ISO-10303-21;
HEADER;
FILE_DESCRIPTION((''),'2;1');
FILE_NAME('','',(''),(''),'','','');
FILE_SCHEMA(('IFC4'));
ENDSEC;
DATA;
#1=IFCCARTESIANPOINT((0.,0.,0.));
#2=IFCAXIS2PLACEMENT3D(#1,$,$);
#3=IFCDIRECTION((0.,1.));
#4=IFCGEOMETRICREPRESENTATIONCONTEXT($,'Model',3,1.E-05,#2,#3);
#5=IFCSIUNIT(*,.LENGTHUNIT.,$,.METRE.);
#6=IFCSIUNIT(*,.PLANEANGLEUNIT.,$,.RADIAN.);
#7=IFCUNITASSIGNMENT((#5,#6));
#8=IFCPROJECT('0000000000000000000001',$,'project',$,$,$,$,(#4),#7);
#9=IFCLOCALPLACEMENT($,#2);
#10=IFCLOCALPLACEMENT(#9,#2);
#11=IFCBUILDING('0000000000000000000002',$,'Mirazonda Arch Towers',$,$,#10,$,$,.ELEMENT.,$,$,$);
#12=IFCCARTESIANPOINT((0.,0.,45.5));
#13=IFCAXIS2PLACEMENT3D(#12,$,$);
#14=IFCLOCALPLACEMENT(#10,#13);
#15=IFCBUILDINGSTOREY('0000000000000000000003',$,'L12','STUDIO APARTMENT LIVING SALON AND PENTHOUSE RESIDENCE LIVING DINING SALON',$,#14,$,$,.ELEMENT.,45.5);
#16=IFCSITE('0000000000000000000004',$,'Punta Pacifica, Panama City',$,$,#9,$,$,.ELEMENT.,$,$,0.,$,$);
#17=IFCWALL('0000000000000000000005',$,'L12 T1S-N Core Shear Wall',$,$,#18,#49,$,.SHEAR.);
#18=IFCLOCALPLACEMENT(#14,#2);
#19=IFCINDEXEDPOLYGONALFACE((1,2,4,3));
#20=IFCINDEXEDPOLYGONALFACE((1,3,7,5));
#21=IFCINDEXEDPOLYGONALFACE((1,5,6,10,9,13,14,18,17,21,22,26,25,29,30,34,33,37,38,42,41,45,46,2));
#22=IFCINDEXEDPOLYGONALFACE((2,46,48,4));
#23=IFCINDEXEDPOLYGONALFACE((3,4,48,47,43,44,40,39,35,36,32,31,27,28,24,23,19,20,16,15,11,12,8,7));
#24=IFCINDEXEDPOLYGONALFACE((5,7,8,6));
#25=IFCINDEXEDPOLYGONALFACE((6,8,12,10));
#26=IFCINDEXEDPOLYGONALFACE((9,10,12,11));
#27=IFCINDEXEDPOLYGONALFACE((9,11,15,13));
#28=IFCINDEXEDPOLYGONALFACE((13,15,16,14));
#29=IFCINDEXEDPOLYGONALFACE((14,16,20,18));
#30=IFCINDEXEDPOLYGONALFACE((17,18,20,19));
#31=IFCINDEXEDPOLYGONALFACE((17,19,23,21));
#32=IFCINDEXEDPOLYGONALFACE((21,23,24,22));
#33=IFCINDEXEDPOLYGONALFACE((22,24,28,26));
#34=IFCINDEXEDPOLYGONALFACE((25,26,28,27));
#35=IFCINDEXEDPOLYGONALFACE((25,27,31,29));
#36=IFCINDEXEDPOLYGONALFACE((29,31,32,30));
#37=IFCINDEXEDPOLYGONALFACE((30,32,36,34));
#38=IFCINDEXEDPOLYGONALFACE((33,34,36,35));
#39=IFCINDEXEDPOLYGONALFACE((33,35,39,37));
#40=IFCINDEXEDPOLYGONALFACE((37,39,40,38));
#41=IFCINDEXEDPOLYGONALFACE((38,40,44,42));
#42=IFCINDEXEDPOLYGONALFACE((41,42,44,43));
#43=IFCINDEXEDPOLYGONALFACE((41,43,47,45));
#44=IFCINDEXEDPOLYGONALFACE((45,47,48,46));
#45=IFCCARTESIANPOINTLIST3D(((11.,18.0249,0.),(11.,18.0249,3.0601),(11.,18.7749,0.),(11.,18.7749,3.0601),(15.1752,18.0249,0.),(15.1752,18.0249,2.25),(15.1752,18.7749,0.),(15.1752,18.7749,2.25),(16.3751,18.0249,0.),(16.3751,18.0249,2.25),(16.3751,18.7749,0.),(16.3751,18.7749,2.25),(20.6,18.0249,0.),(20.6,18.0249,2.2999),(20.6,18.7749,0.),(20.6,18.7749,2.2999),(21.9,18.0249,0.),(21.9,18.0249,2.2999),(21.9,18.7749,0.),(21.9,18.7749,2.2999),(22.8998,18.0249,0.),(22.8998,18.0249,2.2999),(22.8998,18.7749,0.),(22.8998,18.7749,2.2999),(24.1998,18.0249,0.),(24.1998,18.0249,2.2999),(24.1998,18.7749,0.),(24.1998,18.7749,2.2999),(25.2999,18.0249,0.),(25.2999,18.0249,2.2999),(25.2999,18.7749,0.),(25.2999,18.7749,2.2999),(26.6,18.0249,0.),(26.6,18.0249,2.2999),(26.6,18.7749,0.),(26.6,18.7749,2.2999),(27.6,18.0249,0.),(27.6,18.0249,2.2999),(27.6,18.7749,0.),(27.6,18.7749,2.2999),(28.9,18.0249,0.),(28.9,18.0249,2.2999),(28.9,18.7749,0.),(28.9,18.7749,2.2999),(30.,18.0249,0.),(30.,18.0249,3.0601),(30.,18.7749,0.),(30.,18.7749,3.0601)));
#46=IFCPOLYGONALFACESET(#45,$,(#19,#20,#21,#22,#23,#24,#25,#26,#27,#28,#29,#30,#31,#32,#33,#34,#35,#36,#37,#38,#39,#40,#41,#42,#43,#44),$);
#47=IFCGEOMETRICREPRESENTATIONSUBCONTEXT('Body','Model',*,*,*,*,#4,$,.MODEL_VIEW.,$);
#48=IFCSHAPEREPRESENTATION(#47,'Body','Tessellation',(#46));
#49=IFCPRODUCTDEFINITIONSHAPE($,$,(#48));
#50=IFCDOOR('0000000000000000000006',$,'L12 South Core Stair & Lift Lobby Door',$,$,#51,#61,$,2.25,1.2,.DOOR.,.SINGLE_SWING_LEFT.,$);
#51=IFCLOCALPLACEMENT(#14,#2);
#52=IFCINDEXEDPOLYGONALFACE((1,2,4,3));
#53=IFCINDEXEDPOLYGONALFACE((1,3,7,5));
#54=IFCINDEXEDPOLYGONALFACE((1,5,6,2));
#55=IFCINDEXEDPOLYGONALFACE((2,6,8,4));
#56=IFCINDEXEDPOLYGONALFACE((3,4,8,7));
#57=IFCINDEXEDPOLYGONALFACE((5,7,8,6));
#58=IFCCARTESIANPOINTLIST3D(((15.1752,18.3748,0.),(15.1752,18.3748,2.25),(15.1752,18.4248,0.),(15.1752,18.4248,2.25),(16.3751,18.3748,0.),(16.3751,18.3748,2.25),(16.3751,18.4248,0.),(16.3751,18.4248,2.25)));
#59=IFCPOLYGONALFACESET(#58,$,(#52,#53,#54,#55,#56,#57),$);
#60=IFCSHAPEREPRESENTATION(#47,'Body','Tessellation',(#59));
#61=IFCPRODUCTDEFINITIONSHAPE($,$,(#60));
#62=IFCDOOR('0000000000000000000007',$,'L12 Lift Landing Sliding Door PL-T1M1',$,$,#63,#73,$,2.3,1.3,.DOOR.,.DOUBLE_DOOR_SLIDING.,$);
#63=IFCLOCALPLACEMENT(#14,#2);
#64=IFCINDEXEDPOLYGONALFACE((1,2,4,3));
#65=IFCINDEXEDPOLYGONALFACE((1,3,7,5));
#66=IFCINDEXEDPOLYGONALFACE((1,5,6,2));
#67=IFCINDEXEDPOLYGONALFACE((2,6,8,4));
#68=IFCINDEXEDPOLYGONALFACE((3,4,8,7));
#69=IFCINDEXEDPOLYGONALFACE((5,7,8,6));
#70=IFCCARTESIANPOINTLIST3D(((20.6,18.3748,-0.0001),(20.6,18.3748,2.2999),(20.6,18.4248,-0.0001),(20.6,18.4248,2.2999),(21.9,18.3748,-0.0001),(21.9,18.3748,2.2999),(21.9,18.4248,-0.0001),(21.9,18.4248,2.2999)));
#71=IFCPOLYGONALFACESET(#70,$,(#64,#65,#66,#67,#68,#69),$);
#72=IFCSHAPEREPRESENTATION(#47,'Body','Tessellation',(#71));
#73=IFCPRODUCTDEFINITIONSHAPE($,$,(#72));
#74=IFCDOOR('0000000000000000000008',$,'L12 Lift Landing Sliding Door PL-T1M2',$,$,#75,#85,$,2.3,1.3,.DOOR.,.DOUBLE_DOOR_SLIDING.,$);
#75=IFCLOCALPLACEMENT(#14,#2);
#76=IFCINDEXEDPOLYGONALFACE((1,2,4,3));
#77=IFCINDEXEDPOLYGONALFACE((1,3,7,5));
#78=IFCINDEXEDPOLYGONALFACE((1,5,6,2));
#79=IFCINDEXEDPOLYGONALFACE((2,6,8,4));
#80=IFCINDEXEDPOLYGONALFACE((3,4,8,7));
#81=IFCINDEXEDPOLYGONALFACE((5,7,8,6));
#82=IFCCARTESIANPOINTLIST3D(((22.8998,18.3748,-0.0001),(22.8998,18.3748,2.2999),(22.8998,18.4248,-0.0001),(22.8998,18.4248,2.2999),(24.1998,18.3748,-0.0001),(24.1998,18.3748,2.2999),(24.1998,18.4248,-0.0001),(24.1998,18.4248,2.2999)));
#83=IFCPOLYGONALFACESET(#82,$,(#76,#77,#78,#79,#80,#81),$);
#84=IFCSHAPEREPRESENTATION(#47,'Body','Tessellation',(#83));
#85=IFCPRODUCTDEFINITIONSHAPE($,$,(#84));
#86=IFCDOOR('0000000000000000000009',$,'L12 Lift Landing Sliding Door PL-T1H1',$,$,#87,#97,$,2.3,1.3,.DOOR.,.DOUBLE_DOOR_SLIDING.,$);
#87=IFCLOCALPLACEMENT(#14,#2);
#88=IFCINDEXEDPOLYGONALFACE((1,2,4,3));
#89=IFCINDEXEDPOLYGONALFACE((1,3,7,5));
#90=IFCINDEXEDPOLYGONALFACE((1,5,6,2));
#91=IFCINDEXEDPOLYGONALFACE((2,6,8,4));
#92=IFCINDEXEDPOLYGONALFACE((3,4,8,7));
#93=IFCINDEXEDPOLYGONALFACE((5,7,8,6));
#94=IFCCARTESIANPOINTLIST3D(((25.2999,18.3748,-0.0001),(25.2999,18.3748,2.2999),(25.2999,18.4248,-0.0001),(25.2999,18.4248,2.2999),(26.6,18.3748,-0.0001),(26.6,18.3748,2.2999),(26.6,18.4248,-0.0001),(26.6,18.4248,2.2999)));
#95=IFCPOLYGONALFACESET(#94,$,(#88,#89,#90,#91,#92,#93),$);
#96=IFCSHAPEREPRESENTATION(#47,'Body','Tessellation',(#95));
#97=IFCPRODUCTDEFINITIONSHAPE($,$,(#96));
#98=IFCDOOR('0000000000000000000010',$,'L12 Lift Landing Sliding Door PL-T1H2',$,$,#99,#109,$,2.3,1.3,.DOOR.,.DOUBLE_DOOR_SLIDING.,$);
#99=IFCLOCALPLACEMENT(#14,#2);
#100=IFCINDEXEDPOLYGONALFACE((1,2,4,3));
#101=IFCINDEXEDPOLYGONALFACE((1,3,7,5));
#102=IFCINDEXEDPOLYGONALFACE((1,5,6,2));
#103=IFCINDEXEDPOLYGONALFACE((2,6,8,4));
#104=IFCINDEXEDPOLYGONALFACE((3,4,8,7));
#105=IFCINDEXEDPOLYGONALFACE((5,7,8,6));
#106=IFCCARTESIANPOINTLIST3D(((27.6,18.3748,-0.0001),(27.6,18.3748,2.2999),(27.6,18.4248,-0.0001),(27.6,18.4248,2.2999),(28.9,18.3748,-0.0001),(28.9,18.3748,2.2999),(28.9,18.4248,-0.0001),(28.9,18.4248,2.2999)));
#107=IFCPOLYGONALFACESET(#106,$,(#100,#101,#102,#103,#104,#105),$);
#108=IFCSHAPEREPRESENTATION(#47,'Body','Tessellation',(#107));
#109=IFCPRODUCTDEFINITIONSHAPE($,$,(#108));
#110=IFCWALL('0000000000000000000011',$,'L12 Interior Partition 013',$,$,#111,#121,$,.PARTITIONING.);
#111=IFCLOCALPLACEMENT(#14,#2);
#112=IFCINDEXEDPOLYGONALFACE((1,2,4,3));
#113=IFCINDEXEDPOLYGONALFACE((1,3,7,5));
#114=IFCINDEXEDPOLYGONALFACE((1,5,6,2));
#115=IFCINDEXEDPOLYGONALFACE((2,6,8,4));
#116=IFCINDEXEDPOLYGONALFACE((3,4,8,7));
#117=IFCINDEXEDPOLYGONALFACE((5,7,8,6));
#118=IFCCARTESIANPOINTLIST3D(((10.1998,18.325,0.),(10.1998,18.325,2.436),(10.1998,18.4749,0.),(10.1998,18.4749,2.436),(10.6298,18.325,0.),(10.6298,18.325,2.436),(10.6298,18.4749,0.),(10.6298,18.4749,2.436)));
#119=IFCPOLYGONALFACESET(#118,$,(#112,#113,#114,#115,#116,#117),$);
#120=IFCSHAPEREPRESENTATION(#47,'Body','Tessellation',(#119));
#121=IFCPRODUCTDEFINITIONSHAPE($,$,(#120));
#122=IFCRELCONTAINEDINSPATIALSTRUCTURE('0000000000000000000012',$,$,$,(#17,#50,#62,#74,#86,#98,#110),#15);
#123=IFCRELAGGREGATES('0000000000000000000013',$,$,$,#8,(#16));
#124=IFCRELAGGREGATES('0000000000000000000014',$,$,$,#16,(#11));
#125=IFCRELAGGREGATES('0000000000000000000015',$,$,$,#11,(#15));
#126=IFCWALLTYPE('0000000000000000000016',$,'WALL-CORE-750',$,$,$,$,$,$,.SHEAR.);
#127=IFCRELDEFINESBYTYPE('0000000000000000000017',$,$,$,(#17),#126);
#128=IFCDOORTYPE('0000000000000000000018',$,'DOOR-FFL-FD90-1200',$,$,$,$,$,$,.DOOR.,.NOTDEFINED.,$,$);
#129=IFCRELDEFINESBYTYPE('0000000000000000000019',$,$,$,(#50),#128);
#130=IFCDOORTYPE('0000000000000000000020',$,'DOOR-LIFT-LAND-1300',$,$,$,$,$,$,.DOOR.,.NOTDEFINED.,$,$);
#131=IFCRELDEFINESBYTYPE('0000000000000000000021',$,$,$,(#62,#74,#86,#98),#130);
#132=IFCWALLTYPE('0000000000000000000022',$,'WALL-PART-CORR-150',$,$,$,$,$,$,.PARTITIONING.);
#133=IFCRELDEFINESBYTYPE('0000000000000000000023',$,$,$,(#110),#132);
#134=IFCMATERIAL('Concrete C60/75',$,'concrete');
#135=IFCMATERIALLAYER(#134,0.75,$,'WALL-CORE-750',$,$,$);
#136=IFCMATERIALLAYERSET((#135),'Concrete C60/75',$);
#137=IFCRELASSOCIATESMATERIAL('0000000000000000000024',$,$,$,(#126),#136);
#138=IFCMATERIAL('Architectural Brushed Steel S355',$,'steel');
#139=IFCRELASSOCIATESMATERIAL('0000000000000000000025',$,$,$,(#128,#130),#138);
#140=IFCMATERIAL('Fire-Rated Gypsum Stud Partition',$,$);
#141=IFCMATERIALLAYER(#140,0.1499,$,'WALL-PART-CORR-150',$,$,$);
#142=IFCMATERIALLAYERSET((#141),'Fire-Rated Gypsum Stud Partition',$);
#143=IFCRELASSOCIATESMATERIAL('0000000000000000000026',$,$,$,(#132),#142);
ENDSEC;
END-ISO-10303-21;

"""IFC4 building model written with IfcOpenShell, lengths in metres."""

from ifc_helpers import new_model, si_unit, direction, frame, frame_2d, origin, place, context, subcontext, project, spatial, rectangle, extrude, material, layer, layer_set, type_object, element, fill, save


model = new_model("IFC4")

# Units and contexts
model_context = context("Model", 3, precision=1e-05, world=origin(), true_north=direction((0.0, 1.0)))
body_context = subcontext(model_context, "Body", "Model", "MODEL_VIEW")
ifc_project = project(units=[si_unit("LENGTHUNIT", "METRE"), si_unit("PLANEANGLEUNIT", "RADIAN")], contexts=[model_context])

# Site, building, storey
site_placement = place(None, origin())
site = spatial("IfcSite", under=ifc_project, at=site_placement, Name="Punta Pacifica, Panama City", CompositionType="ELEMENT", RefElevation=0.0)
building_placement = place(site_placement, origin())
building = spatial("IfcBuilding", under=site, at=building_placement, Name="Mirazonda Arch Towers", CompositionType="ELEMENT")
storey_placement = place(building_placement, frame((0.0, 0.0, 45.5)))
storey = spatial("IfcBuildingStorey", under=building, at=storey_placement, Name="L12", Description="STUDIO APARTMENT LIVING SALON AND PENTHOUSE RESIDENCE LIVING DINING SALON", CompositionType="ELEMENT", Elevation=45.5)

# Shared definitions
ifc_material_1 = material(Name="Concrete C60/75", Category="concrete")

# Shared definitions
ifc_material_2 = material(Name="Architectural Brushed Steel S355", Category="steel")

# Wall, openings, doors
ifc_layer_1 = layer(ifc_material_1, 0.75, Name="WALL-CORE-750")
ifc_layer_set_1 = layer_set([ifc_layer_1], Name="Concrete C60/75")
wall_type_1 = type_object("IfcWallType", Name="WALL-CORE-750", PredefinedType="SHEAR", material=ifc_layer_set_1)
wall_1_placement = place(storey_placement, frame((11.0, 18.3999, 0.0), z_axis=(0.0, 0.0, 1.0), x_axis=(1.0, 0.0, 0.0)))
wall_1 = element("IfcWall", 1, at=wall_1_placement, inside=storey, type_object=wall_type_1, Name="L12 T1S-N Core Shear Wall", PredefinedType="SHEAR", context=body_context, shape_type="SweptSolid", body=[
    extrude(rectangle(XDim=19.0, YDim=0.75, at=frame_2d((9.5, 0.0))), origin(), (0.0, 0.0, 1.0), 3.0601),
])
opening_1_placement = place(wall_1_placement, frame((4.175, 0.0, 0.0)))
opening_1 = element("IfcOpeningElement", 2, at=opening_1_placement, cuts=wall_1, PredefinedType="OPENING", context=body_context, shape_type="SweptSolid", body=[
    extrude(rectangle(XDim=1.2, YDim=2.25, at=frame_2d((0.6001, 1.125))), frame((0.0, 0.385, 0.0), z_axis=(0.0, -1.0, 0.0), x_axis=(1.0, 0.0, 0.0)), (0.0, 0.0, 1.0), 0.77),
])
opening_2_placement = place(wall_1_placement, frame((9.6001, 0.0, 0.0)))
opening_2 = element("IfcOpeningElement", 3, at=opening_2_placement, cuts=wall_1, PredefinedType="OPENING", context=body_context, shape_type="SweptSolid", body=[
    extrude(rectangle(XDim=1.3, YDim=2.3, at=frame_2d((0.6499, 1.1499))), frame((0.0, 0.385, 0.0), z_axis=(0.0, -1.0, 0.0), x_axis=(1.0, 0.0, 0.0)), (0.0, 0.0, 1.0), 0.77),
])
opening_3_placement = place(wall_1_placement, frame((11.8999, 0.0, 0.0)))
opening_3 = element("IfcOpeningElement", 4, at=opening_3_placement, cuts=wall_1, PredefinedType="OPENING", context=body_context, shape_type="SweptSolid", body=[
    extrude(rectangle(XDim=1.3, YDim=2.3, at=frame_2d((0.6499, 1.1499))), frame((0.0, 0.385, 0.0), z_axis=(0.0, -1.0, 0.0), x_axis=(1.0, 0.0, 0.0)), (0.0, 0.0, 1.0), 0.77),
])
opening_4_placement = place(wall_1_placement, frame((14.3, 0.0, 0.0)))
opening_4 = element("IfcOpeningElement", 5, at=opening_4_placement, cuts=wall_1, PredefinedType="OPENING", context=body_context, shape_type="SweptSolid", body=[
    extrude(rectangle(XDim=1.3, YDim=2.3, at=frame_2d((0.6499, 1.1499))), frame((0.0, 0.385, 0.0), z_axis=(0.0, -1.0, 0.0), x_axis=(1.0, 0.0, 0.0)), (0.0, 0.0, 1.0), 0.77),
])
opening_5_placement = place(wall_1_placement, frame((16.6001, 0.0, 0.0)))
opening_5 = element("IfcOpeningElement", 6, at=opening_5_placement, cuts=wall_1, PredefinedType="OPENING", context=body_context, shape_type="SweptSolid", body=[
    extrude(rectangle(XDim=1.3, YDim=2.3, at=frame_2d((0.6499, 1.1499))), frame((0.0, 0.385, 0.0), z_axis=(0.0, -1.0, 0.0), x_axis=(1.0, 0.0, 0.0)), (0.0, 0.0, 1.0), 0.77),
])
door_type_1 = type_object("IfcDoorType", Name="DOOR-FFL-FD90-1200", OperationType="NOTDEFINED", PredefinedType="DOOR", material=ifc_material_2)
door_1_placement = place(opening_1_placement, origin())
door_1 = element("IfcDoor", 7, at=door_1_placement, inside=storey, type_object=door_type_1, Name="L12 South Core Stair & Lift Lobby Door", OperationType="SINGLE_SWING_LEFT", OverallHeight=2.25, OverallWidth=1.2, PredefinedType="DOOR", context=body_context, shape_type="SweptSolid", body=[
    extrude(rectangle(XDim=1.2, YDim=2.25, at=frame_2d((0.6001, 1.125))), frame((0.0, 0.0249, 0.0), z_axis=(0.0, -1.0, 0.0), x_axis=(1.0, 0.0, 0.0)), (0.0, 0.0, 1.0), 0.05),
])
fill(opening_1, door_1)
door_type_2 = type_object("IfcDoorType", Name="DOOR-LIFT-LAND-1300", OperationType="NOTDEFINED", PredefinedType="DOOR", material=ifc_material_2)
door_2_placement = place(opening_2_placement, origin())
door_2 = element("IfcDoor", 8, at=door_2_placement, inside=storey, type_object=door_type_2, Name="L12 Lift Landing Sliding Door PL-T1M1", OperationType="DOUBLE_DOOR_SLIDING", OverallHeight=2.3, OverallWidth=1.3, PredefinedType="DOOR", context=body_context, shape_type="SweptSolid", body=[
    extrude(rectangle(XDim=1.3, YDim=2.3, at=frame_2d((0.6499, 1.1499))), frame((0.0, 0.0249, 0.0), z_axis=(0.0, -1.0, 0.0), x_axis=(1.0, 0.0, 0.0)), (0.0, 0.0, 1.0), 0.05),
])
fill(opening_2, door_2)
door_3_placement = place(opening_3_placement, origin())
door_3 = element("IfcDoor", 9, at=door_3_placement, inside=storey, type_object=door_type_2, Name="L12 Lift Landing Sliding Door PL-T1M2", OperationType="DOUBLE_DOOR_SLIDING", OverallHeight=2.3, OverallWidth=1.3, PredefinedType="DOOR", context=body_context, shape_type="SweptSolid", body=[
    extrude(rectangle(XDim=1.3, YDim=2.3, at=frame_2d((0.6499, 1.1499))), frame((0.0, 0.0249, 0.0), z_axis=(0.0, -1.0, 0.0), x_axis=(1.0, 0.0, 0.0)), (0.0, 0.0, 1.0), 0.05),
])
fill(opening_3, door_3)
door_4_placement = place(opening_4_placement, origin())
door_4 = element("IfcDoor", 10, at=door_4_placement, inside=storey, type_object=door_type_2, Name="L12 Lift Landing Sliding Door PL-T1H1", OperationType="DOUBLE_DOOR_SLIDING", OverallHeight=2.3, OverallWidth=1.3, PredefinedType="DOOR", context=body_context, shape_type="SweptSolid", body=[
    extrude(rectangle(XDim=1.3, YDim=2.3, at=frame_2d((0.6499, 1.1499))), frame((0.0, 0.0249, 0.0), z_axis=(0.0, -1.0, 0.0), x_axis=(1.0, 0.0, 0.0)), (0.0, 0.0, 1.0), 0.05),
])
fill(opening_4, door_4)
door_5_placement = place(opening_5_placement, origin())
door_5 = element("IfcDoor", 11, at=door_5_placement, inside=storey, type_object=door_type_2, Name="L12 Lift Landing Sliding Door PL-T1H2", OperationType="DOUBLE_DOOR_SLIDING", OverallHeight=2.3, OverallWidth=1.3, PredefinedType="DOOR", context=body_context, shape_type="SweptSolid", body=[
    extrude(rectangle(XDim=1.3, YDim=2.3, at=frame_2d((0.6499, 1.1499))), frame((0.0, 0.0249, 0.0), z_axis=(0.0, -1.0, 0.0), x_axis=(1.0, 0.0, 0.0)), (0.0, 0.0, 1.0), 0.05),
])
fill(opening_5, door_5)

# Wall
ifc_material_3 = material(Name="Fire-Rated Gypsum Stud Partition")
ifc_layer_2 = layer(ifc_material_3, 0.1499, Name="WALL-PART-CORR-150")
ifc_layer_set_2 = layer_set([ifc_layer_2], Name="Fire-Rated Gypsum Stud Partition")
wall_type_2 = type_object("IfcWallType", Name="WALL-PART-CORR-150", PredefinedType="PARTITIONING", material=ifc_layer_set_2)
wall_2_placement = place(storey_placement, frame((10.2, 18.3999, 0.0), z_axis=(0.0, 0.0, 1.0), x_axis=(1.0, 0.0, 0.0)))
element("IfcWall", 12, at=wall_2_placement, inside=storey, type_object=wall_type_2, Name="L12 Interior Partition 013", PredefinedType="PARTITIONING", context=body_context, shape_type="SweptSolid", body=[
    extrude(rectangle(XDim=0.4299, YDim=0.1499, at=frame_2d((0.2148, 0.0))), origin(), (0.0, 0.0, 1.0), 2.436),
])

save(model, "model.ifc")
